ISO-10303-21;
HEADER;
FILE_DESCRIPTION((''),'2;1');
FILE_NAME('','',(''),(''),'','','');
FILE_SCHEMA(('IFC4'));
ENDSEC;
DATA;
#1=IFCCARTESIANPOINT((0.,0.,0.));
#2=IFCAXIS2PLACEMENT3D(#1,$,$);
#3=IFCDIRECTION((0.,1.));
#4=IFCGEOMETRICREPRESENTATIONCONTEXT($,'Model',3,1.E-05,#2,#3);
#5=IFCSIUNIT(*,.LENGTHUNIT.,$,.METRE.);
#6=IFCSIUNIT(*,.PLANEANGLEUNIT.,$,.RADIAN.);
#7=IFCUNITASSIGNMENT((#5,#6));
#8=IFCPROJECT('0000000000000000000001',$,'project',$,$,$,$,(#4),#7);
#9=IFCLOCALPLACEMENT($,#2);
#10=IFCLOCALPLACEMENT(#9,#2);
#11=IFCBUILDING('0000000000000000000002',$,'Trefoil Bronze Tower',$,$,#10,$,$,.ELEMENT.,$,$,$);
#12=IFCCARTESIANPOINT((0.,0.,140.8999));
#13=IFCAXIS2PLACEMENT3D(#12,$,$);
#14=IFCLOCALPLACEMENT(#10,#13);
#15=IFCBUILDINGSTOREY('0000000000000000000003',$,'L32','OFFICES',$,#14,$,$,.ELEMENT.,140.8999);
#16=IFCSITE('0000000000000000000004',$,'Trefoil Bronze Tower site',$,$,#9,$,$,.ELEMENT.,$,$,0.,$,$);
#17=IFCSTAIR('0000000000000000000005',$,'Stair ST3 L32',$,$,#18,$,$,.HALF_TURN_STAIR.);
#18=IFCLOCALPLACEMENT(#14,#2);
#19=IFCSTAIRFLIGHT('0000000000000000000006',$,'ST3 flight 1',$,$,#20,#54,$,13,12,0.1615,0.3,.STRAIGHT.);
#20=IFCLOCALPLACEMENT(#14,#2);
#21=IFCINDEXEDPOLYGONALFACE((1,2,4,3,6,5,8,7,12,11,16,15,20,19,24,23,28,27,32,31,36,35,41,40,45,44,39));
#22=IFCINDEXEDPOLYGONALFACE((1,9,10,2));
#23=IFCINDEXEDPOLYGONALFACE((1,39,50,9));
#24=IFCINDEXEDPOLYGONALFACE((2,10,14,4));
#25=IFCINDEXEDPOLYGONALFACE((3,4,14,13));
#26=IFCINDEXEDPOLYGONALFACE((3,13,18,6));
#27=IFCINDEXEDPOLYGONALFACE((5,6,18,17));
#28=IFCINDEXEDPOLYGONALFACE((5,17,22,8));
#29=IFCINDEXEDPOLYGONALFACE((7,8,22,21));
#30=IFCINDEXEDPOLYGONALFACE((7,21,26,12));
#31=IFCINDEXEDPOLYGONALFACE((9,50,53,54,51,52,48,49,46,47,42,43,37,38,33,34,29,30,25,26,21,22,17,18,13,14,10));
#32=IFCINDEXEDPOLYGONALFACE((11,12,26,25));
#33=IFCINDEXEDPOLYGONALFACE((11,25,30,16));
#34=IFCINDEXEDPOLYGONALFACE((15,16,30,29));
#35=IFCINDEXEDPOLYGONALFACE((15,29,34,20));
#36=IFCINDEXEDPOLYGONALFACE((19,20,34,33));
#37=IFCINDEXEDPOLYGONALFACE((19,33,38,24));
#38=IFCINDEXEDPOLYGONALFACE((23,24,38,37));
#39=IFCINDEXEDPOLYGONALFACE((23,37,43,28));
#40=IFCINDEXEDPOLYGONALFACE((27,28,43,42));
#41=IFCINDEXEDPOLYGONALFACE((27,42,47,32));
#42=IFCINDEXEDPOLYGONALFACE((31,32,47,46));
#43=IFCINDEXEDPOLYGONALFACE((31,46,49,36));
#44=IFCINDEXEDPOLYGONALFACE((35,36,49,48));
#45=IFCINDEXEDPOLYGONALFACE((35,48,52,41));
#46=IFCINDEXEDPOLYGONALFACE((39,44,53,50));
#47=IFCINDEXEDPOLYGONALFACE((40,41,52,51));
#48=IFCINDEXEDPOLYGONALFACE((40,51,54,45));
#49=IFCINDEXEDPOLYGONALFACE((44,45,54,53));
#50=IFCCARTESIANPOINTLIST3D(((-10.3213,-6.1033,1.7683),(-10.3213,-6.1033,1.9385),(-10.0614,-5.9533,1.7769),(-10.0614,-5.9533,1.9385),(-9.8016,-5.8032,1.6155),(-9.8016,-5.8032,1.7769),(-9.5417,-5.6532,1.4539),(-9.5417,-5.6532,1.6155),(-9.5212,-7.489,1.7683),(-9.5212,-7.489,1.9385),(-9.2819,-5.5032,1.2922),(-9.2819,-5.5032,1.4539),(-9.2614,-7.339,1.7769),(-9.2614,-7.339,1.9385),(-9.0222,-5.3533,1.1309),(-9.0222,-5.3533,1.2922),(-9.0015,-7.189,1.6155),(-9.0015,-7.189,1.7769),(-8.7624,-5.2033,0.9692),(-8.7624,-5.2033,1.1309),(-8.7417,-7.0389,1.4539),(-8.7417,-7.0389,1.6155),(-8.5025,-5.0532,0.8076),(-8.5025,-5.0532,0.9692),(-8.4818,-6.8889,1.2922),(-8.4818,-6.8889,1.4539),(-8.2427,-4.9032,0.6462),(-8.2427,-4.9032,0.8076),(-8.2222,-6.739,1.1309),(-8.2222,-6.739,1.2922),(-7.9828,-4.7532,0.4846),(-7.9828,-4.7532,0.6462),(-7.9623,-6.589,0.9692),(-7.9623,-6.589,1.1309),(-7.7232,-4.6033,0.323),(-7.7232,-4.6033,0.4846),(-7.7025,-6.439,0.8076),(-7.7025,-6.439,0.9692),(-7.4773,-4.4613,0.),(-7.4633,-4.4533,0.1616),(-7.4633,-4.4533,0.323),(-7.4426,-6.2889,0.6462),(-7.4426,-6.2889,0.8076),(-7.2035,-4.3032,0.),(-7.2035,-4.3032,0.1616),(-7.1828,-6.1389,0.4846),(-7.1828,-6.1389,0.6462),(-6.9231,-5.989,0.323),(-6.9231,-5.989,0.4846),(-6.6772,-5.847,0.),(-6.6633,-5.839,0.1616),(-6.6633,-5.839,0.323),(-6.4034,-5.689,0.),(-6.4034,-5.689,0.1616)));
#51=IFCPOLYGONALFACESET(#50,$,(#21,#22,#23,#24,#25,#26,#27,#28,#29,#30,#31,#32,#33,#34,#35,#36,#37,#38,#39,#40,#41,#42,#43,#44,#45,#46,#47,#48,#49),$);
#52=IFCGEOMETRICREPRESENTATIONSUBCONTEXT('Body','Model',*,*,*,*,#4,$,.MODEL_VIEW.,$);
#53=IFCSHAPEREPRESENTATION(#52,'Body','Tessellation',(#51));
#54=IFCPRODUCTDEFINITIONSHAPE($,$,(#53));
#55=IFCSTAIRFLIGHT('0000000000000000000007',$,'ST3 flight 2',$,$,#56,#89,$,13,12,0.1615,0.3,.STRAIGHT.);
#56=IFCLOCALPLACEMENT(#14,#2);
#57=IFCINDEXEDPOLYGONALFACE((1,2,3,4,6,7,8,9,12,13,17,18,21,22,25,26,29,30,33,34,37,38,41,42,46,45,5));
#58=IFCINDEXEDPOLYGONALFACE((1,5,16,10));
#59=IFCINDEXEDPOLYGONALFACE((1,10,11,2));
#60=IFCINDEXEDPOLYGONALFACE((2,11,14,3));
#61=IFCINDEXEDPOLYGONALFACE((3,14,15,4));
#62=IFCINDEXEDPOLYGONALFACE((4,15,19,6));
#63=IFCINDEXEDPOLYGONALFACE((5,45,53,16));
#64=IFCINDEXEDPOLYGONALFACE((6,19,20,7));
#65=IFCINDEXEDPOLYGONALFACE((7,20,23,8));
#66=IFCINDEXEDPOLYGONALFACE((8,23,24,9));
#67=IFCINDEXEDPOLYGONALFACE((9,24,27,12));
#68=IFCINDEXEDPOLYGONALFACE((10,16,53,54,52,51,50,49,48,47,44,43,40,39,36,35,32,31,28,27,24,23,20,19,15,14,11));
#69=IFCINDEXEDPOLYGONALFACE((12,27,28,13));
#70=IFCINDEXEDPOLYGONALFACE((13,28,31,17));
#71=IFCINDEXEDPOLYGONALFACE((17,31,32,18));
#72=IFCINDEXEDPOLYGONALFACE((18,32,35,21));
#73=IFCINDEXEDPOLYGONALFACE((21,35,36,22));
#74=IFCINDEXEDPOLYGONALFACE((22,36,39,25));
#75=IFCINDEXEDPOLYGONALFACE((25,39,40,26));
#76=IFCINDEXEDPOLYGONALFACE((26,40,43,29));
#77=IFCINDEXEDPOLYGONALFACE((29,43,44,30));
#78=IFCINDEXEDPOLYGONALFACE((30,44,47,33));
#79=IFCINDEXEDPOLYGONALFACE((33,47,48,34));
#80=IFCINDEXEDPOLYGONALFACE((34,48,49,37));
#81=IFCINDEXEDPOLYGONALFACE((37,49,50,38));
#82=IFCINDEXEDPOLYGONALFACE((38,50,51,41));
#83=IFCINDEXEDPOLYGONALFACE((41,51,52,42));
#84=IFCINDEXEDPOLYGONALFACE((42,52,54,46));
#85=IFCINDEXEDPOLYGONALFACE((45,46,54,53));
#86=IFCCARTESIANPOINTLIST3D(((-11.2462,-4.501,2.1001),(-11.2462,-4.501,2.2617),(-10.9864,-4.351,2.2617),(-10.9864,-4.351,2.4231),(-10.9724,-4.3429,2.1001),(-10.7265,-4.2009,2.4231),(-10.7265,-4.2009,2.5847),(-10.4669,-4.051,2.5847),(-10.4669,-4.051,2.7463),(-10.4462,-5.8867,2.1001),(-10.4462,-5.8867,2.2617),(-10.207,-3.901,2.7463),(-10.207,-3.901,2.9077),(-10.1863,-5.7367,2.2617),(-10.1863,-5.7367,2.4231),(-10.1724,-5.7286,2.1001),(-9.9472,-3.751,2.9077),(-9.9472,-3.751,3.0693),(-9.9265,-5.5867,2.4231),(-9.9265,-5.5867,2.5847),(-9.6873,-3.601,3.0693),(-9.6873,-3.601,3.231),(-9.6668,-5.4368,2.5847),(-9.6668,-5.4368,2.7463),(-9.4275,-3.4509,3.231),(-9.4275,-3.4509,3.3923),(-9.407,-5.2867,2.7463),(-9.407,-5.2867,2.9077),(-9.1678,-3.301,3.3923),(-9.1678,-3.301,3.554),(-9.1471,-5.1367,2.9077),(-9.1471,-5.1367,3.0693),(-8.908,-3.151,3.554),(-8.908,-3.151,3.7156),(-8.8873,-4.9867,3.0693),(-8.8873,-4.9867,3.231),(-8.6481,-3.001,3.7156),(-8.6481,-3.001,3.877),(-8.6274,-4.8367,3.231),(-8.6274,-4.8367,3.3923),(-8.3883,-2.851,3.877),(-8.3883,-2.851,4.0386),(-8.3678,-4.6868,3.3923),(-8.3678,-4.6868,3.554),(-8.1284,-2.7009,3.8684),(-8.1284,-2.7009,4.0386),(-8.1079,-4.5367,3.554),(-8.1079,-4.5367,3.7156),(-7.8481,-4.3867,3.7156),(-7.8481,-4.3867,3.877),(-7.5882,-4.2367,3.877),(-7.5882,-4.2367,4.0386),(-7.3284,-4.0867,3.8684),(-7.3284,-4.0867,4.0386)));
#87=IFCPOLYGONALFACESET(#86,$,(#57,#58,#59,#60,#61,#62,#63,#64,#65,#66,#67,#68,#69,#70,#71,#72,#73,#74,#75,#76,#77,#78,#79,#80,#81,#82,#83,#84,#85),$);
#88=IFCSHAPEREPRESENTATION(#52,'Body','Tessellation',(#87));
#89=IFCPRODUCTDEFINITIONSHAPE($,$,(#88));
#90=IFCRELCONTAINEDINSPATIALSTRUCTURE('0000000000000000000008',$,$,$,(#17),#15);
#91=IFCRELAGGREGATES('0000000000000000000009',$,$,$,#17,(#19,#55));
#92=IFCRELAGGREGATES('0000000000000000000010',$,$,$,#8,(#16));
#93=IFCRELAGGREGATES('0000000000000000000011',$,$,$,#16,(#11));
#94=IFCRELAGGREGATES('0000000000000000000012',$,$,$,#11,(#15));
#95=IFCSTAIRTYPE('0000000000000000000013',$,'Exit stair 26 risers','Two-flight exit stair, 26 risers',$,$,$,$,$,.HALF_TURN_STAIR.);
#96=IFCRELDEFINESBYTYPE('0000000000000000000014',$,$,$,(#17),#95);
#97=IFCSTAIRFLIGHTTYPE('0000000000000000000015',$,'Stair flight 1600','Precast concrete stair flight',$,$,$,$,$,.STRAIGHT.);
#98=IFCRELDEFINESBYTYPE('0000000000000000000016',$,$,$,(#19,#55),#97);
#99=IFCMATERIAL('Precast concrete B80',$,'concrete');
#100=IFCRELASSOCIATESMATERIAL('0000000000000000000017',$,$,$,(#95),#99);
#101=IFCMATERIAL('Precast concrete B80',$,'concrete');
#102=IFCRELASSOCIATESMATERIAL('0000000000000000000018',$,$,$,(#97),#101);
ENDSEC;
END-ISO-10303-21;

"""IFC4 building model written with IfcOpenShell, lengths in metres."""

from ifc_helpers import new_model, si_unit, direction, frame, origin, place, context, subcontext, project, spatial, polyline, outline, extrude, material, type_object, element, aggregate, save


model = new_model("IFC4")

# Units and contexts
model_context = context("Model", 3, precision=1e-05, world=origin(), true_north=direction((0.0, 1.0)))
body_context = subcontext(model_context, "Body", "Model", "MODEL_VIEW")
ifc_project = project(units=[si_unit("LENGTHUNIT", "METRE"), si_unit("PLANEANGLEUNIT", "RADIAN")], contexts=[model_context])

# Site, building, storey
site_placement = place(None, origin())
site = spatial("IfcSite", under=ifc_project, at=site_placement, Name="Trefoil Bronze Tower site", CompositionType="ELEMENT", RefElevation=0.0)
building_placement = place(site_placement, origin())
building = spatial("IfcBuilding", under=site, at=building_placement, Name="Trefoil Bronze Tower", CompositionType="ELEMENT")
storey_placement = place(building_placement, frame((0.0, 0.0, 140.8999)))
storey = spatial("IfcBuildingStorey", under=building, at=storey_placement, Name="L32", Description="OFFICES", CompositionType="ELEMENT", Elevation=140.8999)

# Stair, stair flights
ifc_material_1 = material(Name="Precast concrete B80", Category="concrete")
stair_type = type_object("IfcStairType", Name="Exit stair 26 risers", Description="Two-flight exit stair, 26 risers", PredefinedType="HALF_TURN_STAIR", material=ifc_material_1)
stair_placement = place(storey_placement, origin())
stair = element("IfcStair", 1, at=stair_placement, inside=storey, type_object=stair_type, Name="Stair ST3 L32", PredefinedType="HALF_TURN_STAIR")
ifc_material_2 = material(Name="Precast concrete B80", Category="concrete")
stair_flight_type = type_object("IfcStairFlightType", Name="Stair flight 1600", Description="Precast concrete stair flight", PredefinedType="STRAIGHT", material=ifc_material_2)
stair_flight_1_placement = place(storey_placement, frame((-6.8035, -4.9961, 0.0), z_axis=(0.0, 0.0, 1.0), x_axis=(-0.866025, -0.5, 0.0)))
stair_flight_1 = element("IfcStairFlight", 2, at=stair_flight_1_placement, type_object=stair_flight_type, Name="ST3 flight 1", NumberOfRisers=13, NumberOfTreads=12, PredefinedType="STRAIGHT", RiserHeight=0.1615, TreadLength=0.3, context=body_context, shape_type="SweptSolid", body=[
    extrude(outline(polyline([(0.0, 0.0), (0.0, 0.1616), (0.3, 0.1616), (0.3, 0.323), (0.6001, 0.323), (0.6001, 0.4846), (0.8999, 0.4846), (0.8999, 0.6462), (1.2, 0.6462), (1.2, 0.8076), (1.5, 0.8076), (1.5, 0.9692), (1.8, 0.9692), (1.8, 1.1309), (2.1001, 1.1309), (2.1001, 1.2922), (2.3999, 1.2922), (2.3999, 1.4539), (2.7, 1.4539), (2.7, 1.6155), (3.0, 1.6155), (3.0, 1.7769), (3.3, 1.7769), (3.3, 1.9385), (3.6001, 1.9385), (3.6001, 2.1001), (3.6001, 1.7683), (0.3162, 0.0), (0.0, 0.0)])), frame((0.0, 0.8, 0.0), z_axis=(0.0, -1.0, 0.0), x_axis=(1.0, 0.0, 0.0)), (0.0, 0.0, 1.0), 1.6001),
])
stair_flight_2_placement = place(storey_placement, frame((-10.8462, -5.1938, 2.1001), z_axis=(0.0, 0.0, 1.0), x_axis=(0.866025, 0.5, 0.0)))
stair_flight_2 = element("IfcStairFlight", 3, at=stair_flight_2_placement, type_object=stair_flight_type, Name="ST3 flight 2", NumberOfRisers=13, NumberOfTreads=12, PredefinedType="STRAIGHT", RiserHeight=0.1615, TreadLength=0.3, context=body_context, shape_type="SweptSolid", body=[
    extrude(outline(polyline([(0.0, 0.0), (0.0, 0.1616), (0.3, 0.1616), (0.3, 0.323), (0.6001, 0.323), (0.6001, 0.4846), (0.8999, 0.4846), (0.8999, 0.6462), (1.2, 0.6462), (1.2, 0.8076), (1.5, 0.8076), (1.5, 0.9692), (1.8, 0.9692), (1.8, 1.1309), (2.1001, 1.1309), (2.1001, 1.2922), (2.3999, 1.2922), (2.3999, 1.4539), (2.7, 1.4539), (2.7, 1.6155), (3.0, 1.6155), (3.0, 1.7769), (3.3, 1.7769), (3.3, 1.9385), (3.6001, 1.9385), (3.6001, 2.1001), (3.6001, 1.7683), (0.3162, 0.0), (0.0, 0.0)])), frame((0.0, 0.8, 0.0), z_axis=(0.0, -1.0, 0.0), x_axis=(1.0, 0.0, 0.0)), (0.0, 0.0, 1.0), 1.6001),
])
aggregate(stair, [stair_flight_1, stair_flight_2])

save(model, "model.ifc")
